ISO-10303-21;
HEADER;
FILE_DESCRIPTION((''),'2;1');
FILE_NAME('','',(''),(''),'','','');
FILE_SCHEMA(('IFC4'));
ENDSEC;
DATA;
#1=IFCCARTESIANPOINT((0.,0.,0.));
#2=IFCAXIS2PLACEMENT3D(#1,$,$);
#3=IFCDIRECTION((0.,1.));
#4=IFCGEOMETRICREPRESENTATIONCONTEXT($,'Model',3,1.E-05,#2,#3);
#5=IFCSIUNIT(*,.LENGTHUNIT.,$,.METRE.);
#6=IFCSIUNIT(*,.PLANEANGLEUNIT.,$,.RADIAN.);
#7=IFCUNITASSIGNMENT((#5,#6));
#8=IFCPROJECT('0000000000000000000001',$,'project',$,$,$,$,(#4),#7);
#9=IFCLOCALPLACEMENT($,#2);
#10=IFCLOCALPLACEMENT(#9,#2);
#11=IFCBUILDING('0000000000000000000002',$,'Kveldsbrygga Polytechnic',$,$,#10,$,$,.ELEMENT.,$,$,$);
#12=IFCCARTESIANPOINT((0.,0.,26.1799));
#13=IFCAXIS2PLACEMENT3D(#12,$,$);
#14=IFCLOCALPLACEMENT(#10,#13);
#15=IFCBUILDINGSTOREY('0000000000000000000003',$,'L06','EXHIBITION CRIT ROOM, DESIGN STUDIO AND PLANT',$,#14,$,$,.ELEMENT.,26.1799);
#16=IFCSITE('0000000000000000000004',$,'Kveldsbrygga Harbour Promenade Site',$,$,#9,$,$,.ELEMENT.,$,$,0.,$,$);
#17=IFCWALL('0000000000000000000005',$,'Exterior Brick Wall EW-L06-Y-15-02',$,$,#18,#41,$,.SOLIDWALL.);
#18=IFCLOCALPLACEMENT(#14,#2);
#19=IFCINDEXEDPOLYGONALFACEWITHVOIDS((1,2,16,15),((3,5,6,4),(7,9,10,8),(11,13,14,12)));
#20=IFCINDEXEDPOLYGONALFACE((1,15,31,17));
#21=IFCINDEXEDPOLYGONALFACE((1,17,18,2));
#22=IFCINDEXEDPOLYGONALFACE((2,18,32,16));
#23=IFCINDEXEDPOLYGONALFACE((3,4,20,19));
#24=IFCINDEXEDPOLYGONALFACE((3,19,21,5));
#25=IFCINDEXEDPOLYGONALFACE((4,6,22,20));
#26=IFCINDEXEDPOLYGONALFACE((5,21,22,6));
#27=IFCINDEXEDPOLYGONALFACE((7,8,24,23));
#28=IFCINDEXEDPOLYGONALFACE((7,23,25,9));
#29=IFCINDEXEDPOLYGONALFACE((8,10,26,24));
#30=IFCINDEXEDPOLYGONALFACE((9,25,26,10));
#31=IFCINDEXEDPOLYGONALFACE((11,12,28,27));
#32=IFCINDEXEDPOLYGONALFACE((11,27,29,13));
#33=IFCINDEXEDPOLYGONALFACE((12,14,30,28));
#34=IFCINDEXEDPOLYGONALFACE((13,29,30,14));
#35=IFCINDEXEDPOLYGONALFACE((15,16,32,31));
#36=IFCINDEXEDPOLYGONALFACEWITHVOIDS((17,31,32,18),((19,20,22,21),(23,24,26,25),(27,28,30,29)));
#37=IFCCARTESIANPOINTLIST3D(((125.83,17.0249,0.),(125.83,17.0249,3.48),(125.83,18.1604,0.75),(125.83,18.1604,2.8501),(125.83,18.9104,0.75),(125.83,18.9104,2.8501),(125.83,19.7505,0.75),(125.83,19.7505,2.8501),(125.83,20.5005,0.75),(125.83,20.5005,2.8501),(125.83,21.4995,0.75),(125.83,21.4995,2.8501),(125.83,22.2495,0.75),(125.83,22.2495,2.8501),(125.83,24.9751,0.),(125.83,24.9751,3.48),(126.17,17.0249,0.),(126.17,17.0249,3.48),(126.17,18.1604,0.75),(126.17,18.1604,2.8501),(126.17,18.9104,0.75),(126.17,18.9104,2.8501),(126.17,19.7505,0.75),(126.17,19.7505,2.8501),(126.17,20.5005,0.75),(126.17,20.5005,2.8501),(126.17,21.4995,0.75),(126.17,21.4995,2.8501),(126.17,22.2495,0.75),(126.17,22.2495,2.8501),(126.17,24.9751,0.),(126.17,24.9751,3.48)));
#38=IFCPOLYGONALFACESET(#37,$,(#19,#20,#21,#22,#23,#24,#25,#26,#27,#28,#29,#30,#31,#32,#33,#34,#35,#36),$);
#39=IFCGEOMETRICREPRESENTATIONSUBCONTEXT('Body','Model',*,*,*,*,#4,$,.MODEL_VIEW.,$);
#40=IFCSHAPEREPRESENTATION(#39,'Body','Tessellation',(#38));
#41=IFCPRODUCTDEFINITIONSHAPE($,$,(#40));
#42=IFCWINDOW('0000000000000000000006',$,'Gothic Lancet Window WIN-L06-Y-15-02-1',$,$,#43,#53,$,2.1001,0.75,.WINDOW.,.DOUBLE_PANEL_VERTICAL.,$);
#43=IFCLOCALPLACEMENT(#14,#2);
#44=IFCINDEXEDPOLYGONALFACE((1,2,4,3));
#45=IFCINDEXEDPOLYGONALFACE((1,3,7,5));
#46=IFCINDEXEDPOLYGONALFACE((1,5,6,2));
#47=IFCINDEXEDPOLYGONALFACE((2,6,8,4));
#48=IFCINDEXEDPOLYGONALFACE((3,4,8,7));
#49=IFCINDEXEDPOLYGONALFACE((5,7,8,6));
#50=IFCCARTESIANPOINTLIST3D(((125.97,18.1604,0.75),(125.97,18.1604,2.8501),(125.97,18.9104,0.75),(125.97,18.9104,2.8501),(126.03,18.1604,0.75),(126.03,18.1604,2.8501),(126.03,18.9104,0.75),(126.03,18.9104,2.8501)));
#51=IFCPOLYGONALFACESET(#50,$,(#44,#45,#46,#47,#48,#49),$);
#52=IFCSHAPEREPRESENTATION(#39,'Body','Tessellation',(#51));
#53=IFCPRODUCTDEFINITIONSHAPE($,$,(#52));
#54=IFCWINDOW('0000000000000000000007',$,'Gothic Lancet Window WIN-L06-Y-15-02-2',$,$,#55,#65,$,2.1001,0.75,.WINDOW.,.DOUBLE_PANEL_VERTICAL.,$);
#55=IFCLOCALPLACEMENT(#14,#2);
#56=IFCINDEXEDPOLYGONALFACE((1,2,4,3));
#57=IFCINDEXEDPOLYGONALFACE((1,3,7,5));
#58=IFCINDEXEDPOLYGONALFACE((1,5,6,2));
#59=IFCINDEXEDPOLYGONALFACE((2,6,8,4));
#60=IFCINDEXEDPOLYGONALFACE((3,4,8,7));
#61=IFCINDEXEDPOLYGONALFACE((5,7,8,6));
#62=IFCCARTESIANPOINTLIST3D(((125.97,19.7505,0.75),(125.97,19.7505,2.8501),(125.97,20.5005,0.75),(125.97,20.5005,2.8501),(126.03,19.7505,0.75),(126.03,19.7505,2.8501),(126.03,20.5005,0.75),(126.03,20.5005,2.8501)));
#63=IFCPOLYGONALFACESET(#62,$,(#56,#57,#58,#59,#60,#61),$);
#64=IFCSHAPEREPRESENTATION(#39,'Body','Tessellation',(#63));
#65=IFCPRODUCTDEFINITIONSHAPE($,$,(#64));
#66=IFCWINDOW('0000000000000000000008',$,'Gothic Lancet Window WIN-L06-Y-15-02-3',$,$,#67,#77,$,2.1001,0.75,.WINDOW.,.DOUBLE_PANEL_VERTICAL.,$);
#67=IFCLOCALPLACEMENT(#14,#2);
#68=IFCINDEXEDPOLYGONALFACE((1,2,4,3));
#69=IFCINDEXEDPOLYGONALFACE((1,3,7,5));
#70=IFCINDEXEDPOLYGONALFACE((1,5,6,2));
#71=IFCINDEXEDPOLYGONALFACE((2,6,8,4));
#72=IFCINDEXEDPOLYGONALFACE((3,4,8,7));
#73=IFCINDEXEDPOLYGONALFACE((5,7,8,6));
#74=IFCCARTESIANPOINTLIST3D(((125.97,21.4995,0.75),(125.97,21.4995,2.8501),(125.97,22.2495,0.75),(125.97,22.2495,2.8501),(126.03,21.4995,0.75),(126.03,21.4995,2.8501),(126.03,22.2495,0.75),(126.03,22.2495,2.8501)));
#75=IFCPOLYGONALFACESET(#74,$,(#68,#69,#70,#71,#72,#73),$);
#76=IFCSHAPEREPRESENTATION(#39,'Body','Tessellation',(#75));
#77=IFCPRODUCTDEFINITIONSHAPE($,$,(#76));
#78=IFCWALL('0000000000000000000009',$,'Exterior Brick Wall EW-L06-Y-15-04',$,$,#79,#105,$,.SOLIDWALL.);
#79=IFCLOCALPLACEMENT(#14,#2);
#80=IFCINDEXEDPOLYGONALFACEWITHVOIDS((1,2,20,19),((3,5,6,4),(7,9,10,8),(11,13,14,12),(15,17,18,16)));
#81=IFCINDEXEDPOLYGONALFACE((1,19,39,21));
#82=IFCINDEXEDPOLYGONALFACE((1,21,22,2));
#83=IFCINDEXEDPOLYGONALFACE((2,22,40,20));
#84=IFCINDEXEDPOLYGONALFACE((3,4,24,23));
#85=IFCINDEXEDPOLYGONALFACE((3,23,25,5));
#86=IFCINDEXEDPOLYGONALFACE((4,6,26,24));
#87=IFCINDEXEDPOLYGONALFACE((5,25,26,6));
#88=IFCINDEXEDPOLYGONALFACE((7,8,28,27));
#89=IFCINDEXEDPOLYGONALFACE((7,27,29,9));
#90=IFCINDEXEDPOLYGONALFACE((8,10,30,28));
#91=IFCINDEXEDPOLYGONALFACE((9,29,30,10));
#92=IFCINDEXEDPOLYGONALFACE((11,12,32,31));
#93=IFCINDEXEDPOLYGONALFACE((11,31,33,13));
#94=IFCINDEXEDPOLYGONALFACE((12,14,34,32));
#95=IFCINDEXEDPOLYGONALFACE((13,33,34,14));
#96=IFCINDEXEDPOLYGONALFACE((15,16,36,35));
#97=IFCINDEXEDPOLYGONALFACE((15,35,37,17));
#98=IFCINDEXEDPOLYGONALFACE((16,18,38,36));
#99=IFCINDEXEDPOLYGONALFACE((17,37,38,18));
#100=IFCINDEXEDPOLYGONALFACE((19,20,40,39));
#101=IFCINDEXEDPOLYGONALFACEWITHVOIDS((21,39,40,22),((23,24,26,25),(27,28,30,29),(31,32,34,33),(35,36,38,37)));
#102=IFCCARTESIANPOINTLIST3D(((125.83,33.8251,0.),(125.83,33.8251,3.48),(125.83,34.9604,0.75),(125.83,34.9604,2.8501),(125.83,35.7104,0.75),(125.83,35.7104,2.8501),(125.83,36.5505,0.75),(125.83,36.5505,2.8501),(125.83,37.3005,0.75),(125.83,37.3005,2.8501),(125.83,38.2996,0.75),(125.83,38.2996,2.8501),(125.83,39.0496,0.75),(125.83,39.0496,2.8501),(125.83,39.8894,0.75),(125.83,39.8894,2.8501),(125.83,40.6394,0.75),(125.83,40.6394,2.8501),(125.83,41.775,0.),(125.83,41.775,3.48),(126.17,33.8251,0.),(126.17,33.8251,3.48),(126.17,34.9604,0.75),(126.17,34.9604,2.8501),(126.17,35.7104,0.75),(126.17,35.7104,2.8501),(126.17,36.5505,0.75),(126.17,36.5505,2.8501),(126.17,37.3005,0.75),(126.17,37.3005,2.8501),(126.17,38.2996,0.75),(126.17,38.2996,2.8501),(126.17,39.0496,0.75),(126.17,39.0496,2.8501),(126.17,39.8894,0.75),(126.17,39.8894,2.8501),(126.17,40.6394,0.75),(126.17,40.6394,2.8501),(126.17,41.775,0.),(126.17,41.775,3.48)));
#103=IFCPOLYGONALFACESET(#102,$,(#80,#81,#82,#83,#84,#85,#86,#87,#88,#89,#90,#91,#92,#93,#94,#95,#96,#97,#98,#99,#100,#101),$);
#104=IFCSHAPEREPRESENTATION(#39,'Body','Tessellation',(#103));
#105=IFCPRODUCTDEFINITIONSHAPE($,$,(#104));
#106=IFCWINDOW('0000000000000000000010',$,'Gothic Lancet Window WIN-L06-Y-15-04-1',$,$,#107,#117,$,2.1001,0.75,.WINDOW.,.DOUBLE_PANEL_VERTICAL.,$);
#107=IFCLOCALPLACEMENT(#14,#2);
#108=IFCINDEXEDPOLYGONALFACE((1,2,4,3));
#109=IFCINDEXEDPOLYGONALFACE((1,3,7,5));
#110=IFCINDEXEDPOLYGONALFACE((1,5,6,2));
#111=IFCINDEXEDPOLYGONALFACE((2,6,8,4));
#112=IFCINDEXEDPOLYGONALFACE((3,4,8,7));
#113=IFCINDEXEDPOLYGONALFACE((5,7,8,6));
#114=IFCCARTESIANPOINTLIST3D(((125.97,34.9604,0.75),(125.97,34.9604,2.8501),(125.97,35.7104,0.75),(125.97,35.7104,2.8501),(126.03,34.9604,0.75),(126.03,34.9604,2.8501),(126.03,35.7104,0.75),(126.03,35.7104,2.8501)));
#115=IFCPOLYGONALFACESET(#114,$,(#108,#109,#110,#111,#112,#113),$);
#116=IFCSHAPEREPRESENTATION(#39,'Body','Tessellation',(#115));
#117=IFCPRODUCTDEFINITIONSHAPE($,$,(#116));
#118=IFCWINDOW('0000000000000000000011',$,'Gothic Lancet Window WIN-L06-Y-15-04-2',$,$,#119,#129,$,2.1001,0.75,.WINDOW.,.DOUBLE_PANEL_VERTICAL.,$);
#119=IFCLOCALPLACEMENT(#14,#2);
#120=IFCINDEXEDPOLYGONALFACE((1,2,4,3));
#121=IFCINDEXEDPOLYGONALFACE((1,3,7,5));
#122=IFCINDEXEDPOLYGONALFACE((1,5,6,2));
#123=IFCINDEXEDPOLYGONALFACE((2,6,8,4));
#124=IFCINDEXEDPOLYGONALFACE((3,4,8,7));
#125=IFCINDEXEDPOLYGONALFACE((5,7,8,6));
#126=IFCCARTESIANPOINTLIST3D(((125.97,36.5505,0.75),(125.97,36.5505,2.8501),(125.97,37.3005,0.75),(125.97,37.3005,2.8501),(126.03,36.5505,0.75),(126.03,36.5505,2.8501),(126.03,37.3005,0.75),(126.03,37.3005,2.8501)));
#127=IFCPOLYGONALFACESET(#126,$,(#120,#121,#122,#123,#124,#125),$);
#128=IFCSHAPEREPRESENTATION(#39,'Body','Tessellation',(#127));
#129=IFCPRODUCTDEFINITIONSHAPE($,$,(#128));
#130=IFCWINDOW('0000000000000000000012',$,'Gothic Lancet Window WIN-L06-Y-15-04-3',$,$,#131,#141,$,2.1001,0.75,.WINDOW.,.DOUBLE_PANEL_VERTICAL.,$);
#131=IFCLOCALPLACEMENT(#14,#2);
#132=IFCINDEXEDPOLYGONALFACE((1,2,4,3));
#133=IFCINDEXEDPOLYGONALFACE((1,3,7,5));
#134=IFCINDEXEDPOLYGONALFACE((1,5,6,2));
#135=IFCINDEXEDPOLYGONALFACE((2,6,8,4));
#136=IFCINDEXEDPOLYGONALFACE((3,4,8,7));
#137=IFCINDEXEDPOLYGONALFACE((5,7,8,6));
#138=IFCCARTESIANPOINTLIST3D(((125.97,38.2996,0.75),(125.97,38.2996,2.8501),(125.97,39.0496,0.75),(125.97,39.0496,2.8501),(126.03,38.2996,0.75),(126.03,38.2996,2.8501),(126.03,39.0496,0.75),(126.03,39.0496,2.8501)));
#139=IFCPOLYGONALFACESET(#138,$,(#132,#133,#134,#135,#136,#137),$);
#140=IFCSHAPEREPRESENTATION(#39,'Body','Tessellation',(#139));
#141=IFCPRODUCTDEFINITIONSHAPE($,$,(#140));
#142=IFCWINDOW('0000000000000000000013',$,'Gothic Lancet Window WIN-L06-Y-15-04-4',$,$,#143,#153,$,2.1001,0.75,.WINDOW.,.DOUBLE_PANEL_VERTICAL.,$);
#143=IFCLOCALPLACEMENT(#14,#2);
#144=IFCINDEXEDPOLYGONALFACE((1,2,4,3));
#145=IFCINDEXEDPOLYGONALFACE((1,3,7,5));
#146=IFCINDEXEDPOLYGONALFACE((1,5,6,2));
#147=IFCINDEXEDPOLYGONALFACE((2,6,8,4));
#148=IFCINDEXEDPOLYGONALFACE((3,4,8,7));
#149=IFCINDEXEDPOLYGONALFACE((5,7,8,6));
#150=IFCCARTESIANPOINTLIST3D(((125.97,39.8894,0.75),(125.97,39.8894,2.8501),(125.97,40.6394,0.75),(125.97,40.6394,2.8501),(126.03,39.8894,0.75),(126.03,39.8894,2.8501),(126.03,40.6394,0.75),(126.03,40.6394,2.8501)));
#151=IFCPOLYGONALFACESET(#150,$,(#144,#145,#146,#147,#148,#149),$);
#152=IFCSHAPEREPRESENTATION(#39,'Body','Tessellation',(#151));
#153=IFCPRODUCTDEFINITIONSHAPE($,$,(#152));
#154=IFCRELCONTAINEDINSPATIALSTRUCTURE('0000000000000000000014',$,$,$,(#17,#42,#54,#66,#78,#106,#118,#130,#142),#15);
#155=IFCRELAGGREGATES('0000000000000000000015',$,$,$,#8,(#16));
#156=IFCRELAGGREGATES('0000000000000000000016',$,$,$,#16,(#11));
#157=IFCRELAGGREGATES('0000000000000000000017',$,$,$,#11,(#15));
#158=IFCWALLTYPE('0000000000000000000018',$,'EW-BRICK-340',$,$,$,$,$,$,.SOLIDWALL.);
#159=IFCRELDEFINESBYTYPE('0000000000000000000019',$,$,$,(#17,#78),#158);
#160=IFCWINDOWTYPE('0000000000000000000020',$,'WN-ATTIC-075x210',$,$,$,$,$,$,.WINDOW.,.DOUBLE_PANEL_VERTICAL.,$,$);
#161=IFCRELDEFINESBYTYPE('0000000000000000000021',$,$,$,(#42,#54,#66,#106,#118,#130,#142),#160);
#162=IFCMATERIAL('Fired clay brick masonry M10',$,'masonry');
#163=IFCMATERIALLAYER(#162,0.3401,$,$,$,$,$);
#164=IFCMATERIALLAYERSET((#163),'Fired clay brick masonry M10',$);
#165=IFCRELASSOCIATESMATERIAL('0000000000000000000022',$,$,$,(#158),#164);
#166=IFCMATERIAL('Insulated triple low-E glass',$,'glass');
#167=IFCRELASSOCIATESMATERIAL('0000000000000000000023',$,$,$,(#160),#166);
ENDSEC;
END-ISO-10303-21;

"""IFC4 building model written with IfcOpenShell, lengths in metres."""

from ifc_helpers import new_model, si_unit, direction, frame, frame_2d, origin, place, context, subcontext, project, spatial, rectangle, extrude, material, layer, layer_set, type_object, element, fill, save


model = new_model("IFC4")

# Units and contexts
model_context = context("Model", 3, precision=1e-05, world=origin(), true_north=direction((0.0, 1.0)))
body_context = subcontext(model_context, "Body", "Model", "MODEL_VIEW")
ifc_project = project(units=[si_unit("LENGTHUNIT", "METRE"), si_unit("PLANEANGLEUNIT", "RADIAN")], contexts=[model_context])

# Site, building, storey
site_placement = place(None, origin())
site = spatial("IfcSite", under=ifc_project, at=site_placement, Name="Kveldsbrygga Harbour Promenade Site", CompositionType="ELEMENT", RefElevation=0.0)
building_placement = place(site_placement, origin())
building = spatial("IfcBuilding", under=site, at=building_placement, Name="Kveldsbrygga Polytechnic", CompositionType="ELEMENT")
storey_placement = place(building_placement, frame((0.0, 0.0, 26.1799)))
storey = spatial("IfcBuildingStorey", under=building, at=storey_placement, Name="L06", Description="EXHIBITION CRIT ROOM, DESIGN STUDIO AND PLANT", CompositionType="ELEMENT", Elevation=26.1799)

# Walls, openings, windows
ifc_material_1 = material(Name="Fired clay brick masonry M10", Category="masonry")
ifc_layer_1 = layer(ifc_material_1, 0.3401)
ifc_layer_set_1 = layer_set([ifc_layer_1], Name="Fired clay brick masonry M10")
wall_type_1 = type_object("IfcWallType", Name="EW-BRICK-340", PredefinedType="SOLIDWALL", material=ifc_layer_set_1)
wall_1_placement = place(storey_placement, frame((126.0, 17.0249, 0.0), z_axis=(0.0, 0.0, 1.0), x_axis=(0.0, 1.0, 0.0)))
wall_1 = element("IfcWall", 1, at=wall_1_placement, inside=storey, type_object=wall_type_1, Name="Exterior Brick Wall EW-L06-Y-15-02", PredefinedType="SOLIDWALL", context=body_context, shape_type="SweptSolid", body=[
    extrude(rectangle(XDim=7.9502, YDim=0.3401, at=frame_2d((3.9751, 0.0))), origin(), (0.0, 0.0, 1.0), 3.48),
])
opening_1_placement = place(wall_1_placement, frame((1.1355, 0.0, 0.75)))
opening_1 = element("IfcOpeningElement", 2, at=opening_1_placement, cuts=wall_1, PredefinedType="OPENING", context=body_context, shape_type="SweptSolid", body=[
    extrude(rectangle(XDim=0.75, YDim=2.1001, at=frame_2d((0.375, 1.05))), frame((0.0, 0.1802, 0.0), z_axis=(0.0, -1.0, 0.0), x_axis=(1.0, 0.0, 0.0)), (0.0, 0.0, 1.0), 0.3601),
])
opening_2_placement = place(wall_1_placement, frame((2.7256, 0.0, 0.75)))
opening_2 = element("IfcOpeningElement", 3, at=opening_2_placement, cuts=wall_1, PredefinedType="OPENING", context=body_context, shape_type="SweptSolid", body=[
    extrude(rectangle(XDim=0.75, YDim=2.1001, at=frame_2d((0.375, 1.05))), frame((0.0, 0.1802, 0.0), z_axis=(0.0, -1.0, 0.0), x_axis=(1.0, 0.0, 0.0)), (0.0, 0.0, 1.0), 0.3601),
])
opening_3_placement = place(wall_1_placement, frame((4.4746, 0.0, 0.75)))
opening_3 = element("IfcOpeningElement", 4, at=opening_3_placement, cuts=wall_1, PredefinedType="OPENING", context=body_context, shape_type="SweptSolid", body=[
    extrude(rectangle(XDim=0.75, YDim=2.1001, at=frame_2d((0.375, 1.05))), frame((0.0, 0.1802, 0.0), z_axis=(0.0, -1.0, 0.0), x_axis=(1.0, 0.0, 0.0)), (0.0, 0.0, 1.0), 0.3601),
])
ifc_material_2 = material(Name="Insulated triple low-E glass", Category="glass")
window_type = type_object("IfcWindowType", Name="WN-ATTIC-075x210", PartitioningType="DOUBLE_PANEL_VERTICAL", PredefinedType="WINDOW", material=ifc_material_2)
window_1_placement = place(opening_1_placement, origin())
window_1 = element("IfcWindow", 5, at=window_1_placement, inside=storey, type_object=window_type, Name="Gothic Lancet Window WIN-L06-Y-15-02-1", OverallHeight=2.1001, OverallWidth=0.75, PartitioningType="DOUBLE_PANEL_VERTICAL", PredefinedType="WINDOW", context=body_context, shape_type="SweptSolid", body=[
    extrude(rectangle(XDim=0.75, YDim=2.1001, at=frame_2d((0.375, 1.05))), frame((0.0, 0.03, 0.0), z_axis=(0.0, -1.0, 0.0), x_axis=(1.0, 0.0, 0.0)), (0.0, 0.0, 1.0), 0.0601),
])
fill(opening_1, window_1)
window_2_placement = place(opening_2_placement, origin())
window_2 = element("IfcWindow", 6, at=window_2_placement, inside=storey, type_object=window_type, Name="Gothic Lancet Window WIN-L06-Y-15-02-2", OverallHeight=2.1001, OverallWidth=0.75, PartitioningType="DOUBLE_PANEL_VERTICAL", PredefinedType="WINDOW", context=body_context, shape_type="SweptSolid", body=[
    extrude(rectangle(XDim=0.75, YDim=2.1001, at=frame_2d((0.375, 1.05))), frame((0.0, 0.03, 0.0), z_axis=(0.0, -1.0, 0.0), x_axis=(1.0, 0.0, 0.0)), (0.0, 0.0, 1.0), 0.0601),
])
fill(opening_2, window_2)
window_3_placement = place(opening_3_placement, origin())
window_3 = element("IfcWindow", 7, at=window_3_placement, inside=storey, type_object=window_type, Name="Gothic Lancet Window WIN-L06-Y-15-02-3", OverallHeight=2.1001, OverallWidth=0.75, PartitioningType="DOUBLE_PANEL_VERTICAL", PredefinedType="WINDOW", context=body_context, shape_type="SweptSolid", body=[
    extrude(rectangle(XDim=0.75, YDim=2.1001, at=frame_2d((0.375, 1.05))), frame((0.0, 0.03, 0.0), z_axis=(0.0, -1.0, 0.0), x_axis=(1.0, 0.0, 0.0)), (0.0, 0.0, 1.0), 0.0601),
])
fill(opening_3, window_3)
wall_2_placement = place(storey_placement, frame((126.0, 33.825, 0.0), z_axis=(0.0, 0.0, 1.0), x_axis=(0.0, 1.0, 0.0)))
wall_2 = element("IfcWall", 8, at=wall_2_placement, inside=storey, type_object=wall_type_1, Name="Exterior Brick Wall EW-L06-Y-15-04", PredefinedType="SOLIDWALL", context=body_context, shape_type="SweptSolid", body=[
    extrude(rectangle(XDim=7.95, YDim=0.3401, at=frame_2d((3.9751, 0.0))), origin(), (0.0, 0.0, 1.0), 3.48),
])
opening_4_placement = place(wall_2_placement, frame((1.1355, 0.0, 0.75)))
opening_4 = element("IfcOpeningElement", 9, at=opening_4_placement, cuts=wall_2, PredefinedType="OPENING", context=body_context, shape_type="SweptSolid", body=[
    extrude(rectangle(XDim=0.75, YDim=2.1001, at=frame_2d((0.375, 1.05))), frame((0.0, 0.1802, 0.0), z_axis=(0.0, -1.0, 0.0), x_axis=(1.0, 0.0, 0.0)), (0.0, 0.0, 1.0), 0.3601),
])
opening_5_placement = place(wall_2_placement, frame((2.7256, 0.0, 0.75)))
opening_5 = element("IfcOpeningElement", 10, at=opening_5_placement, cuts=wall_2, PredefinedType="OPENING", context=body_context, shape_type="SweptSolid", body=[
    extrude(rectangle(XDim=0.75, YDim=2.1001, at=frame_2d((0.375, 1.05))), frame((0.0, 0.1802, 0.0), z_axis=(0.0, -1.0, 0.0), x_axis=(1.0, 0.0, 0.0)), (0.0, 0.0, 1.0), 0.3601),
])
opening_6_placement = place(wall_2_placement, frame((4.4746, 0.0, 0.75)))
opening_6 = element("IfcOpeningElement", 11, at=opening_6_placement, cuts=wall_2, PredefinedType="OPENING", context=body_context, shape_type="SweptSolid", body=[
    extrude(rectangle(XDim=0.75, YDim=2.1001, at=frame_2d((0.375, 1.05))), frame((0.0, 0.1802, 0.0), z_axis=(0.0, -1.0, 0.0), x_axis=(1.0, 0.0, 0.0)), (0.0, 0.0, 1.0), 0.3601),
])
opening_7_placement = place(wall_2_placement, frame((6.0645, 0.0, 0.75)))
opening_7 = element("IfcOpeningElement", 12, at=opening_7_placement, cuts=wall_2, PredefinedType="OPENING", context=body_context, shape_type="SweptSolid", body=[
    extrude(rectangle(XDim=0.75, YDim=2.1001, at=frame_2d((0.375, 1.05))), frame((0.0, 0.1802, 0.0), z_axis=(0.0, -1.0, 0.0), x_axis=(1.0, 0.0, 0.0)), (0.0, 0.0, 1.0), 0.3601),
])
window_4_placement = place(opening_4_placement, origin())
window_4 = element("IfcWindow", 13, at=window_4_placement, inside=storey, type_object=window_type, Name="Gothic Lancet Window WIN-L06-Y-15-04-1", OverallHeight=2.1001, OverallWidth=0.75, PartitioningType="DOUBLE_PANEL_VERTICAL", PredefinedType="WINDOW", context=body_context, shape_type="SweptSolid", body=[
    extrude(rectangle(XDim=0.75, YDim=2.1001, at=frame_2d((0.375, 1.05))), frame((0.0, 0.03, 0.0), z_axis=(0.0, -1.0, 0.0), x_axis=(1.0, 0.0, 0.0)), (0.0, 0.0, 1.0), 0.0601),
])
fill(opening_4, window_4)
window_5_placement = place(opening_5_placement, origin())
window_5 = element("IfcWindow", 14, at=window_5_placement, inside=storey, type_object=window_type, Name="Gothic Lancet Window WIN-L06-Y-15-04-2", OverallHeight=2.1001, OverallWidth=0.75, PartitioningType="DOUBLE_PANEL_VERTICAL", PredefinedType="WINDOW", context=body_context, shape_type="SweptSolid", body=[
    extrude(rectangle(XDim=0.75, YDim=2.1001, at=frame_2d((0.375, 1.05))), frame((0.0, 0.03, 0.0), z_axis=(0.0, -1.0, 0.0), x_axis=(1.0, 0.0, 0.0)), (0.0, 0.0, 1.0), 0.0601),
])
fill(opening_5, window_5)
window_6_placement = place(opening_6_placement, origin())
window_6 = element("IfcWindow", 15, at=window_6_placement, inside=storey, type_object=window_type, Name="Gothic Lancet Window WIN-L06-Y-15-04-3", OverallHeight=2.1001, OverallWidth=0.75, PartitioningType="DOUBLE_PANEL_VERTICAL", PredefinedType="WINDOW", context=body_context, shape_type="SweptSolid", body=[
    extrude(rectangle(XDim=0.75, YDim=2.1001, at=frame_2d((0.375, 1.05))), frame((0.0, 0.03, 0.0), z_axis=(0.0, -1.0, 0.0), x_axis=(1.0, 0.0, 0.0)), (0.0, 0.0, 1.0), 0.0601),
])
fill(opening_6, window_6)
window_7_placement = place(opening_7_placement, origin())
window_7 = element("IfcWindow", 16, at=window_7_placement, inside=storey, type_object=window_type, Name="Gothic Lancet Window WIN-L06-Y-15-04-4", OverallHeight=2.1001, OverallWidth=0.75, PartitioningType="DOUBLE_PANEL_VERTICAL", PredefinedType="WINDOW", context=body_context, shape_type="SweptSolid", body=[
    extrude(rectangle(XDim=0.75, YDim=2.1001, at=frame_2d((0.375, 1.05))), frame((0.0, 0.03, 0.0), z_axis=(0.0, -1.0, 0.0), x_axis=(1.0, 0.0, 0.0)), (0.0, 0.0, 1.0), 0.0601),
])
fill(opening_7, window_7)

save(model, "model.ifc")
